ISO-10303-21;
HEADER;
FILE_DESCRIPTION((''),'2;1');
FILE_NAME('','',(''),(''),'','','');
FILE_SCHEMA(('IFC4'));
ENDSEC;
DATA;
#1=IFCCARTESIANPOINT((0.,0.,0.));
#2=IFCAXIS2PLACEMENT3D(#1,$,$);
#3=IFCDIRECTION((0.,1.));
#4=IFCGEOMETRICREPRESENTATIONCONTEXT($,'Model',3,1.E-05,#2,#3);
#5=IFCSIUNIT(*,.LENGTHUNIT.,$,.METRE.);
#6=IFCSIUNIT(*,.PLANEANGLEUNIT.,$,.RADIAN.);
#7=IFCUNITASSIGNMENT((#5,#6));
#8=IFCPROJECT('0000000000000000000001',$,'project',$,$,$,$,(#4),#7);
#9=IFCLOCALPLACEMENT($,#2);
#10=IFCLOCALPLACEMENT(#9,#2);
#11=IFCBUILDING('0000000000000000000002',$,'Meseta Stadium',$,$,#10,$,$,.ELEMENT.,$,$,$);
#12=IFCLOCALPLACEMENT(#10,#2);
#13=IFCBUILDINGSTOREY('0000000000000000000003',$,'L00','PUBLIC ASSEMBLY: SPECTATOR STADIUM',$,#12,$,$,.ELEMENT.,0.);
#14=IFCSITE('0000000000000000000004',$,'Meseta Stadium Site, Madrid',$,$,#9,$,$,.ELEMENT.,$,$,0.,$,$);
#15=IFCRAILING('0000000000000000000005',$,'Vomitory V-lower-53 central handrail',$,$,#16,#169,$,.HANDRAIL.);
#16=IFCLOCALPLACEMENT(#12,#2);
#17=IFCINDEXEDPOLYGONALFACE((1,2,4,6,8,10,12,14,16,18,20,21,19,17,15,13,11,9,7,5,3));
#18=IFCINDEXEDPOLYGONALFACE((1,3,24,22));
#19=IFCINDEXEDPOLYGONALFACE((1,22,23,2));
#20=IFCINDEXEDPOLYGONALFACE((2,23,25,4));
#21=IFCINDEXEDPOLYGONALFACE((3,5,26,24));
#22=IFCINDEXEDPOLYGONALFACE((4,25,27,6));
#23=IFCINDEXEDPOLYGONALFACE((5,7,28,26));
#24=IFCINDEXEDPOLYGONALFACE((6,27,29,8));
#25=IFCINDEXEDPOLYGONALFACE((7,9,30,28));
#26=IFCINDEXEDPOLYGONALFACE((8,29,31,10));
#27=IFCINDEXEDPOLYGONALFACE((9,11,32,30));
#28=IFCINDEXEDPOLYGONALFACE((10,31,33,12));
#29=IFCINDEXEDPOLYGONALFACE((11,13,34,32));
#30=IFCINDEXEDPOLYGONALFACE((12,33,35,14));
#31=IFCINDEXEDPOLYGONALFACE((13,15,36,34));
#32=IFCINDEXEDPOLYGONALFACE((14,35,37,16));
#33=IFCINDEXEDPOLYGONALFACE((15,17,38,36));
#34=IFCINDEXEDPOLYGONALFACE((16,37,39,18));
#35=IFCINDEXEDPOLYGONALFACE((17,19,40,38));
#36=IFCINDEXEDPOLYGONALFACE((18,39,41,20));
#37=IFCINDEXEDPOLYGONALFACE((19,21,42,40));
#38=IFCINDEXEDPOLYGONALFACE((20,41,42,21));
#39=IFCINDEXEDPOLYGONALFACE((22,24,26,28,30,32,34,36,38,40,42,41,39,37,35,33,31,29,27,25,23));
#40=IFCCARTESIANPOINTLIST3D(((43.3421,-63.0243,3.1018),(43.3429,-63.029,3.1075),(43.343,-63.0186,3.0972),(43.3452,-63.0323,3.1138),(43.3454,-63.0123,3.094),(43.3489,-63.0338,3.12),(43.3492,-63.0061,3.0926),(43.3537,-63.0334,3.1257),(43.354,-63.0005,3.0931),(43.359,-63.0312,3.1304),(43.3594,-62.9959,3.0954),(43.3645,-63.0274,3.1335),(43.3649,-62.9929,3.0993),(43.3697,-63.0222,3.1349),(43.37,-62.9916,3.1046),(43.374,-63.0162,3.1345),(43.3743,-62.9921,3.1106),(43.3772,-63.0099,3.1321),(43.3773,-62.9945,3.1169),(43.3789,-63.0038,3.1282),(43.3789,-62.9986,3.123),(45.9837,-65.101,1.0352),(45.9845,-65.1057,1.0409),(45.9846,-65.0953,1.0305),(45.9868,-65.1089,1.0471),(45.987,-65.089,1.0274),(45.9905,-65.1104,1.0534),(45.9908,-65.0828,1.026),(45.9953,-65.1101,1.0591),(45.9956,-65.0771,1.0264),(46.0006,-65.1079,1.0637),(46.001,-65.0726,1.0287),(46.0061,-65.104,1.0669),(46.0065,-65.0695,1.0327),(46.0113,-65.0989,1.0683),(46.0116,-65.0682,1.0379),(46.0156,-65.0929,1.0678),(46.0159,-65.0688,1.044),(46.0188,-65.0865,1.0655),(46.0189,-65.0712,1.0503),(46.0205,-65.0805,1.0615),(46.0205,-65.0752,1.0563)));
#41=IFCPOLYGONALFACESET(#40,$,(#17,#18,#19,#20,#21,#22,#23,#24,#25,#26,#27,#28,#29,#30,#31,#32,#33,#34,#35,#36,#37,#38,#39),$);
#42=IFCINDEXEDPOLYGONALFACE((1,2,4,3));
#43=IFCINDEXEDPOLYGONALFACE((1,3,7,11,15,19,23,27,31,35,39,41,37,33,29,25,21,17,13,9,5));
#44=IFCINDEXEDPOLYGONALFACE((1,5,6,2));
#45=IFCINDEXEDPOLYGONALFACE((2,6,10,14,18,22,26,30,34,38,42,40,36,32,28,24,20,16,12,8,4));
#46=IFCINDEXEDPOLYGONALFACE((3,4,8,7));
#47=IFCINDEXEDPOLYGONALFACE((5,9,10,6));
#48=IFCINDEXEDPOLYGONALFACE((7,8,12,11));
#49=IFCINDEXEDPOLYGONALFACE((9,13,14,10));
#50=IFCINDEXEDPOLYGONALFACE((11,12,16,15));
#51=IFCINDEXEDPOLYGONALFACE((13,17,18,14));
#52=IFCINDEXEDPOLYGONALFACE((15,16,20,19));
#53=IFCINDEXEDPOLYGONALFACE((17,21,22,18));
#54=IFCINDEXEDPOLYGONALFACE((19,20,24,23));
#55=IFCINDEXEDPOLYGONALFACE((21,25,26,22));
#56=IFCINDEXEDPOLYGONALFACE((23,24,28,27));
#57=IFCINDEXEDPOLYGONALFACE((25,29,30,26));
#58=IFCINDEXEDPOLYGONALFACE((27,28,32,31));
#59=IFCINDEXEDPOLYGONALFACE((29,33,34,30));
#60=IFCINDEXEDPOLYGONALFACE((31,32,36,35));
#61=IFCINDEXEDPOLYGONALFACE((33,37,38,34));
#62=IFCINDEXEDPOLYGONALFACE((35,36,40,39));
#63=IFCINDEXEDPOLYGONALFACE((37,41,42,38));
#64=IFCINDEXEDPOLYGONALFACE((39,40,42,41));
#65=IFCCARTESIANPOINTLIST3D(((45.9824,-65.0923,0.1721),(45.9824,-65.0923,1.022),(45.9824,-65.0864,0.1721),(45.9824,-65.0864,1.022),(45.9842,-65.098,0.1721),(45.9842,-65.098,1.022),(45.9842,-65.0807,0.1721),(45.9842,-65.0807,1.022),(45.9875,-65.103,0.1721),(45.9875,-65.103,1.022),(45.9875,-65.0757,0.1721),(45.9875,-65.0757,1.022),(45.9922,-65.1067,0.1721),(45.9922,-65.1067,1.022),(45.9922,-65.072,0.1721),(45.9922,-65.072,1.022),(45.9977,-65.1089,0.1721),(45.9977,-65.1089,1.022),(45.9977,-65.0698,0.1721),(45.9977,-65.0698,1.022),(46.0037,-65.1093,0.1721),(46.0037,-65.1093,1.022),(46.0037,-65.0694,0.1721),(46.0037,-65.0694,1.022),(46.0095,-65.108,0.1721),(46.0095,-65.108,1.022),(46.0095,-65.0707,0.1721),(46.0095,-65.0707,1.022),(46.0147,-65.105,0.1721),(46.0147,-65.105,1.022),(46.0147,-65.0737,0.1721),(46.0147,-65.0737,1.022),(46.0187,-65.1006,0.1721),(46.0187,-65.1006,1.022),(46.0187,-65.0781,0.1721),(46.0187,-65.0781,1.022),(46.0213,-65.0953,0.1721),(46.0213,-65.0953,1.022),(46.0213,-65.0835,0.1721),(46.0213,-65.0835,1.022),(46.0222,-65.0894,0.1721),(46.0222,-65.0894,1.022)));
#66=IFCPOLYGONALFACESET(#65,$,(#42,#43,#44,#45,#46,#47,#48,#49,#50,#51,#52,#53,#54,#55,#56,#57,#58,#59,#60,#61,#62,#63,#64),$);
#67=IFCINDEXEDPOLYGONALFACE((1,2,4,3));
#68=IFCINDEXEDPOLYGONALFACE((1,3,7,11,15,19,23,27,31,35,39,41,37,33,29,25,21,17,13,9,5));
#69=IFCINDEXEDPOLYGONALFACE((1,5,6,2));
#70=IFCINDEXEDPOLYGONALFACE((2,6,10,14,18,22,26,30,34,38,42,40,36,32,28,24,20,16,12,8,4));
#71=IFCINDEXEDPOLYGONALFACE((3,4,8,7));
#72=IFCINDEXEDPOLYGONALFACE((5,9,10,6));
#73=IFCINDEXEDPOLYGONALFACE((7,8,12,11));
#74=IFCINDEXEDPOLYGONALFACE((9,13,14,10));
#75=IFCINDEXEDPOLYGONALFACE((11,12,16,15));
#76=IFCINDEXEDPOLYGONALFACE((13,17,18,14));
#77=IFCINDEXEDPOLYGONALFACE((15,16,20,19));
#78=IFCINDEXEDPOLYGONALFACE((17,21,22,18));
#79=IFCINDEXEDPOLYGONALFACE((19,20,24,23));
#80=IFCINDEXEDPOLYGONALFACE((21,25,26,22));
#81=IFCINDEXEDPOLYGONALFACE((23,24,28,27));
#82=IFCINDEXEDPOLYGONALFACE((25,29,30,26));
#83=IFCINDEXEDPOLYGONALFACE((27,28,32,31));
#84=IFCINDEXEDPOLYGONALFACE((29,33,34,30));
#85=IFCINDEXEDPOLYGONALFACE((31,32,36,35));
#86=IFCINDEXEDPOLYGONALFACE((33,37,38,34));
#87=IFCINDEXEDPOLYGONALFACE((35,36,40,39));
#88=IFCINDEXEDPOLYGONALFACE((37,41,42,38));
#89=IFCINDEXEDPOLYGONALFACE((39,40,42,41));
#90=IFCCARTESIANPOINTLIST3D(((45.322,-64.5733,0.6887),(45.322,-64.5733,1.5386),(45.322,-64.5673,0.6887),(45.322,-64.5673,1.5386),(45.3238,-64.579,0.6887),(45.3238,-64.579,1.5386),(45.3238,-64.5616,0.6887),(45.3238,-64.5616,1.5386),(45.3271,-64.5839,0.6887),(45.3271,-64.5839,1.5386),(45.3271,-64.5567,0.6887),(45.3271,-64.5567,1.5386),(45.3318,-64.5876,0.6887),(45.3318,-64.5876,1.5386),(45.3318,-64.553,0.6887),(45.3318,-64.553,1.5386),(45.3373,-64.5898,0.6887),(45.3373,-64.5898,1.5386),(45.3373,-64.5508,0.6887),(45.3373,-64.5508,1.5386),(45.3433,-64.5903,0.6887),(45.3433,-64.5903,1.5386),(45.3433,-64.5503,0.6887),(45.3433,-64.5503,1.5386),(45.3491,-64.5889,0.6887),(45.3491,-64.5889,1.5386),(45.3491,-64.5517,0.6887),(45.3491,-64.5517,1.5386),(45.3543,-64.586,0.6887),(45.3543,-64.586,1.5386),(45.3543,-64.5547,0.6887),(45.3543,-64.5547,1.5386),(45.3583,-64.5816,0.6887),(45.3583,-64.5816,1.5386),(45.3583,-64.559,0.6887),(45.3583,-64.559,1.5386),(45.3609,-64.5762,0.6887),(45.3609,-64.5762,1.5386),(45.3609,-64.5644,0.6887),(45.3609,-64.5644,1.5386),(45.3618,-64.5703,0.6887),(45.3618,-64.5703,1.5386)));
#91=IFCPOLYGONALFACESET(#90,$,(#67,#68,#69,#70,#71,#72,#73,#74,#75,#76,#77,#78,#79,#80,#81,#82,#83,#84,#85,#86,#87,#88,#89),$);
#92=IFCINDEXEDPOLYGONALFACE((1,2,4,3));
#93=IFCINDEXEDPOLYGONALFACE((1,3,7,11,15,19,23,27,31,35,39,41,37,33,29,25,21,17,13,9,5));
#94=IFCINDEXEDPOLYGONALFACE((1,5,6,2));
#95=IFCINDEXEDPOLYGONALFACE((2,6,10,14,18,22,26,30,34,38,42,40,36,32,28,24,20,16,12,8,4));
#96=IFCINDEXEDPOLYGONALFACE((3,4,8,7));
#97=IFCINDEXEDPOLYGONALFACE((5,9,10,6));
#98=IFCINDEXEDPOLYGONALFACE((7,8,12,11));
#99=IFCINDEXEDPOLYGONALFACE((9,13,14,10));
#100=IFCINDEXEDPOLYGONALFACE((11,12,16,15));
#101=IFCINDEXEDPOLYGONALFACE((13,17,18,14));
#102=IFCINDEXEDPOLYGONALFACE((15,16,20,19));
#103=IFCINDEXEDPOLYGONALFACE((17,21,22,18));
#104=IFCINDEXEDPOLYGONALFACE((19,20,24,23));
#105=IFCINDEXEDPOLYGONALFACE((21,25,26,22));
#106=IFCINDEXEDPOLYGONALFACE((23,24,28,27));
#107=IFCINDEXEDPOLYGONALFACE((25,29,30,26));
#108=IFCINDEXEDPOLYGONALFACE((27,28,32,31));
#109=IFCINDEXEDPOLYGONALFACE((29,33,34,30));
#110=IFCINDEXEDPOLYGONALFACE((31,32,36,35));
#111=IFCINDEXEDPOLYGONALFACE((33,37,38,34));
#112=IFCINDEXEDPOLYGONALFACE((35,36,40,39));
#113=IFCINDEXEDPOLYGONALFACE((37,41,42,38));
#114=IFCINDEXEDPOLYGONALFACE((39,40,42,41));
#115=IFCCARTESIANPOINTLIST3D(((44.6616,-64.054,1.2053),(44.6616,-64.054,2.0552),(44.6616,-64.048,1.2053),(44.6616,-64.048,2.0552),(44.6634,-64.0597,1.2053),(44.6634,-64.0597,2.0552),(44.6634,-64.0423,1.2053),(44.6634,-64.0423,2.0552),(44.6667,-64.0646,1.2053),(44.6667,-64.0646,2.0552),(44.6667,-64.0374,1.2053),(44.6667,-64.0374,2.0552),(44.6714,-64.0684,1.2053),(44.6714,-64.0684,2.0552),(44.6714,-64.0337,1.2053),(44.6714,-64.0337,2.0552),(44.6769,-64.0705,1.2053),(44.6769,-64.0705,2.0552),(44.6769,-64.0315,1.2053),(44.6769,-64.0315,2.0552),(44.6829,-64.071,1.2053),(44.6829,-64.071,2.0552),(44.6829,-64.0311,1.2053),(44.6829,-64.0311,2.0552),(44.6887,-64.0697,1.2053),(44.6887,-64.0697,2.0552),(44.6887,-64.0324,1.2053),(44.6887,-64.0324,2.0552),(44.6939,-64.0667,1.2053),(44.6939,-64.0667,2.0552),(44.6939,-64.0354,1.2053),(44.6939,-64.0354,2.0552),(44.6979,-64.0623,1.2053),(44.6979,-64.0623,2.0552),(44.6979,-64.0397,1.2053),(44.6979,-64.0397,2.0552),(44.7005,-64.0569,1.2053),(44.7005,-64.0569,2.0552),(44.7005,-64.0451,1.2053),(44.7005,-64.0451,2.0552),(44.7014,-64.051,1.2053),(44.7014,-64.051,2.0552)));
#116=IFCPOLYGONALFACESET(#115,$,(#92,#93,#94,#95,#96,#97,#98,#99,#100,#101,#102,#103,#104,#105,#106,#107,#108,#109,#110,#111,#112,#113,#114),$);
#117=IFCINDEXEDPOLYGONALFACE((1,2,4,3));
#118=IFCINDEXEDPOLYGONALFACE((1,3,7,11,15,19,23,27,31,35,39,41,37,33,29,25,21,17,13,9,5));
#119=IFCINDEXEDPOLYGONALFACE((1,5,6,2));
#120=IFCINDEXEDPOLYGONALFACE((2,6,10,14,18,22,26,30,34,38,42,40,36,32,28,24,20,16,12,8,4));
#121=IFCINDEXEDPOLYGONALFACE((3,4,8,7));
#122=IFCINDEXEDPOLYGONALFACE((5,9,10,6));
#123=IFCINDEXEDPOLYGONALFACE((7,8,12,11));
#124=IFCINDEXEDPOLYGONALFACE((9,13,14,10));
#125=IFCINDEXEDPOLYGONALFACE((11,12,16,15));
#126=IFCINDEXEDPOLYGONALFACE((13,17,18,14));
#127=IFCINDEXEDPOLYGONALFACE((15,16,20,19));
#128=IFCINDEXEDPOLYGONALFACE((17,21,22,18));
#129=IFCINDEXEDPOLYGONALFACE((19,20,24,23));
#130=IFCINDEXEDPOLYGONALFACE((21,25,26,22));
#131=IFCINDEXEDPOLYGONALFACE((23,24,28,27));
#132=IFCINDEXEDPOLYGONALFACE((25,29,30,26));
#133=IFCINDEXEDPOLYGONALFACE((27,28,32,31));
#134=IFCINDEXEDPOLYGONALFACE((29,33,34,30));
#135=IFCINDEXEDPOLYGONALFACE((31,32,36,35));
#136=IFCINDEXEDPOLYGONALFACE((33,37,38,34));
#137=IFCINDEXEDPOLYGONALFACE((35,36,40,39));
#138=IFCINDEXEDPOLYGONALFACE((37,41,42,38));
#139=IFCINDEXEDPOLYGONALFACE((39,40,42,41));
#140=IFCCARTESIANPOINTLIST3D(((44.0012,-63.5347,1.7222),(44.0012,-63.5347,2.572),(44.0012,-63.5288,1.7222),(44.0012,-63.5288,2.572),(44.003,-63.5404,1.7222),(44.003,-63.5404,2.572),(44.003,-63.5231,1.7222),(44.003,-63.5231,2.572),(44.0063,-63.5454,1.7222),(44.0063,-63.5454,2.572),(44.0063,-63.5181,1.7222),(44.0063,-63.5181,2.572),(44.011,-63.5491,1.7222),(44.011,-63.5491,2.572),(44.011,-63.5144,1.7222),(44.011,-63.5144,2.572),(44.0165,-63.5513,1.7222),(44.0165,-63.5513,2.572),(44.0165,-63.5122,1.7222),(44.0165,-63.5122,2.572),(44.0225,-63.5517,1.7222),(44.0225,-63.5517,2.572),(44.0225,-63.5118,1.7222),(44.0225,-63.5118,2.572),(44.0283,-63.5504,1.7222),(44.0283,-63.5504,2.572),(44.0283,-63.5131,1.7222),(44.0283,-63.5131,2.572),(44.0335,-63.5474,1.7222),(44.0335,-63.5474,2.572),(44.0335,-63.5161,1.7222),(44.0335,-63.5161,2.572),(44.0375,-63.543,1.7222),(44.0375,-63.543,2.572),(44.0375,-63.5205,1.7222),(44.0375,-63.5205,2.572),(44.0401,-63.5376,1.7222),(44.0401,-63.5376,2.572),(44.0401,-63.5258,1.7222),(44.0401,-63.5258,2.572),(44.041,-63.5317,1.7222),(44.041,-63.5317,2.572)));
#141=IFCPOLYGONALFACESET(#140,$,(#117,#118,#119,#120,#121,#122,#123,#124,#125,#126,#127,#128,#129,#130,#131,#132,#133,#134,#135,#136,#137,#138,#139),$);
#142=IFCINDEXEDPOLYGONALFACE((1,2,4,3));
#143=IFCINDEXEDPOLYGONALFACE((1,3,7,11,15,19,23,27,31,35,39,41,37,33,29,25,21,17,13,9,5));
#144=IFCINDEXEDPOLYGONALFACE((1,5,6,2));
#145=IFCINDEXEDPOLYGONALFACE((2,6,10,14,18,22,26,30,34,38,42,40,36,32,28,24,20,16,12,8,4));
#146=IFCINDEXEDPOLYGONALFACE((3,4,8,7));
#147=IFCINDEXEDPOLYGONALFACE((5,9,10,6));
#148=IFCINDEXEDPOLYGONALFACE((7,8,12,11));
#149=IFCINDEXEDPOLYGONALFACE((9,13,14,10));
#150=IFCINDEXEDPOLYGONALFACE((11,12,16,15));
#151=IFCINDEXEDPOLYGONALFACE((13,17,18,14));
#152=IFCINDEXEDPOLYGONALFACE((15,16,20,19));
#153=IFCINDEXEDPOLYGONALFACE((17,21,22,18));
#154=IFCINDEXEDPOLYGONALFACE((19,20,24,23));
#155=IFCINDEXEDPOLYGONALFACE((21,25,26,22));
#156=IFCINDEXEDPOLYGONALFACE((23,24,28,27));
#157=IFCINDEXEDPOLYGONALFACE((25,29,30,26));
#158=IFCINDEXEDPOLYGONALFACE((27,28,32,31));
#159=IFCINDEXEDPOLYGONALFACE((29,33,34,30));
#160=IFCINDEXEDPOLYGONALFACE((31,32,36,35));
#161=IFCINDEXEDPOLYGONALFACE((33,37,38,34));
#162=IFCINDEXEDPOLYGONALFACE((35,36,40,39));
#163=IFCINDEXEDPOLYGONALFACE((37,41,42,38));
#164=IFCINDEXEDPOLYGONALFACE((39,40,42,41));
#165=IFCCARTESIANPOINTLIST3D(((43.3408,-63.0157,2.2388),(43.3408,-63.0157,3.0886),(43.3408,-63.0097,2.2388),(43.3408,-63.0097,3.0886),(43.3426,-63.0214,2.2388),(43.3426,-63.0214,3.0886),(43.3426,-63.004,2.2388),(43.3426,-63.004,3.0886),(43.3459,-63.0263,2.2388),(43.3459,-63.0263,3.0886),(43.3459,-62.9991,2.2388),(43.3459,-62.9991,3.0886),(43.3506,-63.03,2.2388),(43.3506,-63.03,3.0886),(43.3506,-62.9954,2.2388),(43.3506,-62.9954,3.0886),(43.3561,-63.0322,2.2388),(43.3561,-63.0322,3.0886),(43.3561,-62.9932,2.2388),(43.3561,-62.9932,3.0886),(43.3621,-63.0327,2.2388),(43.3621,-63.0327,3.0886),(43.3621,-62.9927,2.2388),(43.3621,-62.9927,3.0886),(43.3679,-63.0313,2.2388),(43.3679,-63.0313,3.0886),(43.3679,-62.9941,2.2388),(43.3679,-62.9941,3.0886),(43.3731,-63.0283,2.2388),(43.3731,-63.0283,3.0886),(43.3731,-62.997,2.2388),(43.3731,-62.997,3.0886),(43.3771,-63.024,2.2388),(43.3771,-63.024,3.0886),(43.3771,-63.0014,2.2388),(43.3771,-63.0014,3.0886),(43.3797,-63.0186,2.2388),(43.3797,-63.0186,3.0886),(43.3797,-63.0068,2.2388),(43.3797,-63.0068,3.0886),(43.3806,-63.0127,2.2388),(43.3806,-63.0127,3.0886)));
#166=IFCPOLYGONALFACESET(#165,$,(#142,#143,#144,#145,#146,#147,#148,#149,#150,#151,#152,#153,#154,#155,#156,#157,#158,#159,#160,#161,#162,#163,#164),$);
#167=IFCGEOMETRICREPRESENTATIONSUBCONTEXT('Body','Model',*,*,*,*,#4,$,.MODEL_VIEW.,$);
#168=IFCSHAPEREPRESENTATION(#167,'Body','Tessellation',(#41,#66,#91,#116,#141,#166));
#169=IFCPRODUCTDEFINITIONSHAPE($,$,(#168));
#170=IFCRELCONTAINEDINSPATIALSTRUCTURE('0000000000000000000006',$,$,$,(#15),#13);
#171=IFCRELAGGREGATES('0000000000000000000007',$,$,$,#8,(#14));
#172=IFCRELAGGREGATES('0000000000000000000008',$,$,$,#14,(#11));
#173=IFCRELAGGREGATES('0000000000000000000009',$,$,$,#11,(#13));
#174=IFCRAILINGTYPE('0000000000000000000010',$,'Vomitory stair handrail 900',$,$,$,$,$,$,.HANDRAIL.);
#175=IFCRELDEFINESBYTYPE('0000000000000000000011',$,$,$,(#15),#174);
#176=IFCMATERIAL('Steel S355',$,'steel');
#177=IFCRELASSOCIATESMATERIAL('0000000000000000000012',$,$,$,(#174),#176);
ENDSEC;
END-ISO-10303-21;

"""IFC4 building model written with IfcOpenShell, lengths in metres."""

from ifc_helpers import new_model, si_unit, direction, frame, origin, origin_2d, place, context, subcontext, project, spatial, circle, extrude, material, type_object, element, save


model = new_model("IFC4")

# Units and contexts
model_context = context("Model", 3, precision=1e-05, world=origin(), true_north=direction((0.0, 1.0)))
body_context = subcontext(model_context, "Body", "Model", "MODEL_VIEW")
ifc_project = project(units=[si_unit("LENGTHUNIT", "METRE"), si_unit("PLANEANGLEUNIT", "RADIAN")], contexts=[model_context])

# Site, building, storey
site_placement = place(None, origin())
site = spatial("IfcSite", under=ifc_project, at=site_placement, Name="Meseta Stadium Site, Madrid", CompositionType="ELEMENT", RefElevation=0.0)
building_placement = place(site_placement, origin())
building = spatial("IfcBuilding", under=site, at=building_placement, Name="Meseta Stadium", CompositionType="ELEMENT")
storey_placement = place(building_placement, origin())
storey = spatial("IfcBuildingStorey", under=building, at=storey_placement, Name="L00", Description="PUBLIC ASSEMBLY: SPECTATOR STADIUM", CompositionType="ELEMENT", Elevation=0.0)

# Railing
ifc_material_1 = material(Name="Steel S355", Category="steel")
railing_type_1 = type_object("IfcRailingType", Name="Vomitory stair handrail 900", PredefinedType="HANDRAIL", material=ifc_material_1)
railing_1_placement = place(storey_placement, frame((46.0022, -65.0894, 0.1721)))
element("IfcRailing", 1, at=railing_1_placement, inside=storey, type_object=railing_type_1, Name="Vomitory V-lower-53 central handrail", PredefinedType="HANDRAIL", context=body_context, shape_type="SweptSolid", body=[
    extrude(circle(Radius=0.0249, at=origin_2d()), frame((0.0, 0.0, 0.875), z_axis=(-0.669638, 0.526427, 0.523889), x_axis=(-0.618027, -0.786157, 0.0)), (0.0, 0.0, 1.0), 3.9448),
    extrude(circle(Radius=0.02, at=origin_2d()), origin(), (0.0, 0.0, 1.0), 0.8499),
    extrude(circle(Radius=0.02, at=origin_2d()), frame((-0.6604, 0.519, 0.5166)), (0.0, 0.0, 1.0), 0.8499),
    extrude(circle(Radius=0.02, at=origin_2d()), frame((-1.3208, 1.0383, 1.0332)), (0.0, 0.0, 1.0), 0.8499),
    extrude(circle(Radius=0.02, at=origin_2d()), frame((-1.9812, 1.5576, 1.55)), (0.0, 0.0, 1.0), 0.8499),
    extrude(circle(Radius=0.02, at=origin_2d()), frame((-2.6416, 2.0767, 2.0667)), (0.0, 0.0, 1.0), 0.8499),
])

save(model, "model.ifc")
